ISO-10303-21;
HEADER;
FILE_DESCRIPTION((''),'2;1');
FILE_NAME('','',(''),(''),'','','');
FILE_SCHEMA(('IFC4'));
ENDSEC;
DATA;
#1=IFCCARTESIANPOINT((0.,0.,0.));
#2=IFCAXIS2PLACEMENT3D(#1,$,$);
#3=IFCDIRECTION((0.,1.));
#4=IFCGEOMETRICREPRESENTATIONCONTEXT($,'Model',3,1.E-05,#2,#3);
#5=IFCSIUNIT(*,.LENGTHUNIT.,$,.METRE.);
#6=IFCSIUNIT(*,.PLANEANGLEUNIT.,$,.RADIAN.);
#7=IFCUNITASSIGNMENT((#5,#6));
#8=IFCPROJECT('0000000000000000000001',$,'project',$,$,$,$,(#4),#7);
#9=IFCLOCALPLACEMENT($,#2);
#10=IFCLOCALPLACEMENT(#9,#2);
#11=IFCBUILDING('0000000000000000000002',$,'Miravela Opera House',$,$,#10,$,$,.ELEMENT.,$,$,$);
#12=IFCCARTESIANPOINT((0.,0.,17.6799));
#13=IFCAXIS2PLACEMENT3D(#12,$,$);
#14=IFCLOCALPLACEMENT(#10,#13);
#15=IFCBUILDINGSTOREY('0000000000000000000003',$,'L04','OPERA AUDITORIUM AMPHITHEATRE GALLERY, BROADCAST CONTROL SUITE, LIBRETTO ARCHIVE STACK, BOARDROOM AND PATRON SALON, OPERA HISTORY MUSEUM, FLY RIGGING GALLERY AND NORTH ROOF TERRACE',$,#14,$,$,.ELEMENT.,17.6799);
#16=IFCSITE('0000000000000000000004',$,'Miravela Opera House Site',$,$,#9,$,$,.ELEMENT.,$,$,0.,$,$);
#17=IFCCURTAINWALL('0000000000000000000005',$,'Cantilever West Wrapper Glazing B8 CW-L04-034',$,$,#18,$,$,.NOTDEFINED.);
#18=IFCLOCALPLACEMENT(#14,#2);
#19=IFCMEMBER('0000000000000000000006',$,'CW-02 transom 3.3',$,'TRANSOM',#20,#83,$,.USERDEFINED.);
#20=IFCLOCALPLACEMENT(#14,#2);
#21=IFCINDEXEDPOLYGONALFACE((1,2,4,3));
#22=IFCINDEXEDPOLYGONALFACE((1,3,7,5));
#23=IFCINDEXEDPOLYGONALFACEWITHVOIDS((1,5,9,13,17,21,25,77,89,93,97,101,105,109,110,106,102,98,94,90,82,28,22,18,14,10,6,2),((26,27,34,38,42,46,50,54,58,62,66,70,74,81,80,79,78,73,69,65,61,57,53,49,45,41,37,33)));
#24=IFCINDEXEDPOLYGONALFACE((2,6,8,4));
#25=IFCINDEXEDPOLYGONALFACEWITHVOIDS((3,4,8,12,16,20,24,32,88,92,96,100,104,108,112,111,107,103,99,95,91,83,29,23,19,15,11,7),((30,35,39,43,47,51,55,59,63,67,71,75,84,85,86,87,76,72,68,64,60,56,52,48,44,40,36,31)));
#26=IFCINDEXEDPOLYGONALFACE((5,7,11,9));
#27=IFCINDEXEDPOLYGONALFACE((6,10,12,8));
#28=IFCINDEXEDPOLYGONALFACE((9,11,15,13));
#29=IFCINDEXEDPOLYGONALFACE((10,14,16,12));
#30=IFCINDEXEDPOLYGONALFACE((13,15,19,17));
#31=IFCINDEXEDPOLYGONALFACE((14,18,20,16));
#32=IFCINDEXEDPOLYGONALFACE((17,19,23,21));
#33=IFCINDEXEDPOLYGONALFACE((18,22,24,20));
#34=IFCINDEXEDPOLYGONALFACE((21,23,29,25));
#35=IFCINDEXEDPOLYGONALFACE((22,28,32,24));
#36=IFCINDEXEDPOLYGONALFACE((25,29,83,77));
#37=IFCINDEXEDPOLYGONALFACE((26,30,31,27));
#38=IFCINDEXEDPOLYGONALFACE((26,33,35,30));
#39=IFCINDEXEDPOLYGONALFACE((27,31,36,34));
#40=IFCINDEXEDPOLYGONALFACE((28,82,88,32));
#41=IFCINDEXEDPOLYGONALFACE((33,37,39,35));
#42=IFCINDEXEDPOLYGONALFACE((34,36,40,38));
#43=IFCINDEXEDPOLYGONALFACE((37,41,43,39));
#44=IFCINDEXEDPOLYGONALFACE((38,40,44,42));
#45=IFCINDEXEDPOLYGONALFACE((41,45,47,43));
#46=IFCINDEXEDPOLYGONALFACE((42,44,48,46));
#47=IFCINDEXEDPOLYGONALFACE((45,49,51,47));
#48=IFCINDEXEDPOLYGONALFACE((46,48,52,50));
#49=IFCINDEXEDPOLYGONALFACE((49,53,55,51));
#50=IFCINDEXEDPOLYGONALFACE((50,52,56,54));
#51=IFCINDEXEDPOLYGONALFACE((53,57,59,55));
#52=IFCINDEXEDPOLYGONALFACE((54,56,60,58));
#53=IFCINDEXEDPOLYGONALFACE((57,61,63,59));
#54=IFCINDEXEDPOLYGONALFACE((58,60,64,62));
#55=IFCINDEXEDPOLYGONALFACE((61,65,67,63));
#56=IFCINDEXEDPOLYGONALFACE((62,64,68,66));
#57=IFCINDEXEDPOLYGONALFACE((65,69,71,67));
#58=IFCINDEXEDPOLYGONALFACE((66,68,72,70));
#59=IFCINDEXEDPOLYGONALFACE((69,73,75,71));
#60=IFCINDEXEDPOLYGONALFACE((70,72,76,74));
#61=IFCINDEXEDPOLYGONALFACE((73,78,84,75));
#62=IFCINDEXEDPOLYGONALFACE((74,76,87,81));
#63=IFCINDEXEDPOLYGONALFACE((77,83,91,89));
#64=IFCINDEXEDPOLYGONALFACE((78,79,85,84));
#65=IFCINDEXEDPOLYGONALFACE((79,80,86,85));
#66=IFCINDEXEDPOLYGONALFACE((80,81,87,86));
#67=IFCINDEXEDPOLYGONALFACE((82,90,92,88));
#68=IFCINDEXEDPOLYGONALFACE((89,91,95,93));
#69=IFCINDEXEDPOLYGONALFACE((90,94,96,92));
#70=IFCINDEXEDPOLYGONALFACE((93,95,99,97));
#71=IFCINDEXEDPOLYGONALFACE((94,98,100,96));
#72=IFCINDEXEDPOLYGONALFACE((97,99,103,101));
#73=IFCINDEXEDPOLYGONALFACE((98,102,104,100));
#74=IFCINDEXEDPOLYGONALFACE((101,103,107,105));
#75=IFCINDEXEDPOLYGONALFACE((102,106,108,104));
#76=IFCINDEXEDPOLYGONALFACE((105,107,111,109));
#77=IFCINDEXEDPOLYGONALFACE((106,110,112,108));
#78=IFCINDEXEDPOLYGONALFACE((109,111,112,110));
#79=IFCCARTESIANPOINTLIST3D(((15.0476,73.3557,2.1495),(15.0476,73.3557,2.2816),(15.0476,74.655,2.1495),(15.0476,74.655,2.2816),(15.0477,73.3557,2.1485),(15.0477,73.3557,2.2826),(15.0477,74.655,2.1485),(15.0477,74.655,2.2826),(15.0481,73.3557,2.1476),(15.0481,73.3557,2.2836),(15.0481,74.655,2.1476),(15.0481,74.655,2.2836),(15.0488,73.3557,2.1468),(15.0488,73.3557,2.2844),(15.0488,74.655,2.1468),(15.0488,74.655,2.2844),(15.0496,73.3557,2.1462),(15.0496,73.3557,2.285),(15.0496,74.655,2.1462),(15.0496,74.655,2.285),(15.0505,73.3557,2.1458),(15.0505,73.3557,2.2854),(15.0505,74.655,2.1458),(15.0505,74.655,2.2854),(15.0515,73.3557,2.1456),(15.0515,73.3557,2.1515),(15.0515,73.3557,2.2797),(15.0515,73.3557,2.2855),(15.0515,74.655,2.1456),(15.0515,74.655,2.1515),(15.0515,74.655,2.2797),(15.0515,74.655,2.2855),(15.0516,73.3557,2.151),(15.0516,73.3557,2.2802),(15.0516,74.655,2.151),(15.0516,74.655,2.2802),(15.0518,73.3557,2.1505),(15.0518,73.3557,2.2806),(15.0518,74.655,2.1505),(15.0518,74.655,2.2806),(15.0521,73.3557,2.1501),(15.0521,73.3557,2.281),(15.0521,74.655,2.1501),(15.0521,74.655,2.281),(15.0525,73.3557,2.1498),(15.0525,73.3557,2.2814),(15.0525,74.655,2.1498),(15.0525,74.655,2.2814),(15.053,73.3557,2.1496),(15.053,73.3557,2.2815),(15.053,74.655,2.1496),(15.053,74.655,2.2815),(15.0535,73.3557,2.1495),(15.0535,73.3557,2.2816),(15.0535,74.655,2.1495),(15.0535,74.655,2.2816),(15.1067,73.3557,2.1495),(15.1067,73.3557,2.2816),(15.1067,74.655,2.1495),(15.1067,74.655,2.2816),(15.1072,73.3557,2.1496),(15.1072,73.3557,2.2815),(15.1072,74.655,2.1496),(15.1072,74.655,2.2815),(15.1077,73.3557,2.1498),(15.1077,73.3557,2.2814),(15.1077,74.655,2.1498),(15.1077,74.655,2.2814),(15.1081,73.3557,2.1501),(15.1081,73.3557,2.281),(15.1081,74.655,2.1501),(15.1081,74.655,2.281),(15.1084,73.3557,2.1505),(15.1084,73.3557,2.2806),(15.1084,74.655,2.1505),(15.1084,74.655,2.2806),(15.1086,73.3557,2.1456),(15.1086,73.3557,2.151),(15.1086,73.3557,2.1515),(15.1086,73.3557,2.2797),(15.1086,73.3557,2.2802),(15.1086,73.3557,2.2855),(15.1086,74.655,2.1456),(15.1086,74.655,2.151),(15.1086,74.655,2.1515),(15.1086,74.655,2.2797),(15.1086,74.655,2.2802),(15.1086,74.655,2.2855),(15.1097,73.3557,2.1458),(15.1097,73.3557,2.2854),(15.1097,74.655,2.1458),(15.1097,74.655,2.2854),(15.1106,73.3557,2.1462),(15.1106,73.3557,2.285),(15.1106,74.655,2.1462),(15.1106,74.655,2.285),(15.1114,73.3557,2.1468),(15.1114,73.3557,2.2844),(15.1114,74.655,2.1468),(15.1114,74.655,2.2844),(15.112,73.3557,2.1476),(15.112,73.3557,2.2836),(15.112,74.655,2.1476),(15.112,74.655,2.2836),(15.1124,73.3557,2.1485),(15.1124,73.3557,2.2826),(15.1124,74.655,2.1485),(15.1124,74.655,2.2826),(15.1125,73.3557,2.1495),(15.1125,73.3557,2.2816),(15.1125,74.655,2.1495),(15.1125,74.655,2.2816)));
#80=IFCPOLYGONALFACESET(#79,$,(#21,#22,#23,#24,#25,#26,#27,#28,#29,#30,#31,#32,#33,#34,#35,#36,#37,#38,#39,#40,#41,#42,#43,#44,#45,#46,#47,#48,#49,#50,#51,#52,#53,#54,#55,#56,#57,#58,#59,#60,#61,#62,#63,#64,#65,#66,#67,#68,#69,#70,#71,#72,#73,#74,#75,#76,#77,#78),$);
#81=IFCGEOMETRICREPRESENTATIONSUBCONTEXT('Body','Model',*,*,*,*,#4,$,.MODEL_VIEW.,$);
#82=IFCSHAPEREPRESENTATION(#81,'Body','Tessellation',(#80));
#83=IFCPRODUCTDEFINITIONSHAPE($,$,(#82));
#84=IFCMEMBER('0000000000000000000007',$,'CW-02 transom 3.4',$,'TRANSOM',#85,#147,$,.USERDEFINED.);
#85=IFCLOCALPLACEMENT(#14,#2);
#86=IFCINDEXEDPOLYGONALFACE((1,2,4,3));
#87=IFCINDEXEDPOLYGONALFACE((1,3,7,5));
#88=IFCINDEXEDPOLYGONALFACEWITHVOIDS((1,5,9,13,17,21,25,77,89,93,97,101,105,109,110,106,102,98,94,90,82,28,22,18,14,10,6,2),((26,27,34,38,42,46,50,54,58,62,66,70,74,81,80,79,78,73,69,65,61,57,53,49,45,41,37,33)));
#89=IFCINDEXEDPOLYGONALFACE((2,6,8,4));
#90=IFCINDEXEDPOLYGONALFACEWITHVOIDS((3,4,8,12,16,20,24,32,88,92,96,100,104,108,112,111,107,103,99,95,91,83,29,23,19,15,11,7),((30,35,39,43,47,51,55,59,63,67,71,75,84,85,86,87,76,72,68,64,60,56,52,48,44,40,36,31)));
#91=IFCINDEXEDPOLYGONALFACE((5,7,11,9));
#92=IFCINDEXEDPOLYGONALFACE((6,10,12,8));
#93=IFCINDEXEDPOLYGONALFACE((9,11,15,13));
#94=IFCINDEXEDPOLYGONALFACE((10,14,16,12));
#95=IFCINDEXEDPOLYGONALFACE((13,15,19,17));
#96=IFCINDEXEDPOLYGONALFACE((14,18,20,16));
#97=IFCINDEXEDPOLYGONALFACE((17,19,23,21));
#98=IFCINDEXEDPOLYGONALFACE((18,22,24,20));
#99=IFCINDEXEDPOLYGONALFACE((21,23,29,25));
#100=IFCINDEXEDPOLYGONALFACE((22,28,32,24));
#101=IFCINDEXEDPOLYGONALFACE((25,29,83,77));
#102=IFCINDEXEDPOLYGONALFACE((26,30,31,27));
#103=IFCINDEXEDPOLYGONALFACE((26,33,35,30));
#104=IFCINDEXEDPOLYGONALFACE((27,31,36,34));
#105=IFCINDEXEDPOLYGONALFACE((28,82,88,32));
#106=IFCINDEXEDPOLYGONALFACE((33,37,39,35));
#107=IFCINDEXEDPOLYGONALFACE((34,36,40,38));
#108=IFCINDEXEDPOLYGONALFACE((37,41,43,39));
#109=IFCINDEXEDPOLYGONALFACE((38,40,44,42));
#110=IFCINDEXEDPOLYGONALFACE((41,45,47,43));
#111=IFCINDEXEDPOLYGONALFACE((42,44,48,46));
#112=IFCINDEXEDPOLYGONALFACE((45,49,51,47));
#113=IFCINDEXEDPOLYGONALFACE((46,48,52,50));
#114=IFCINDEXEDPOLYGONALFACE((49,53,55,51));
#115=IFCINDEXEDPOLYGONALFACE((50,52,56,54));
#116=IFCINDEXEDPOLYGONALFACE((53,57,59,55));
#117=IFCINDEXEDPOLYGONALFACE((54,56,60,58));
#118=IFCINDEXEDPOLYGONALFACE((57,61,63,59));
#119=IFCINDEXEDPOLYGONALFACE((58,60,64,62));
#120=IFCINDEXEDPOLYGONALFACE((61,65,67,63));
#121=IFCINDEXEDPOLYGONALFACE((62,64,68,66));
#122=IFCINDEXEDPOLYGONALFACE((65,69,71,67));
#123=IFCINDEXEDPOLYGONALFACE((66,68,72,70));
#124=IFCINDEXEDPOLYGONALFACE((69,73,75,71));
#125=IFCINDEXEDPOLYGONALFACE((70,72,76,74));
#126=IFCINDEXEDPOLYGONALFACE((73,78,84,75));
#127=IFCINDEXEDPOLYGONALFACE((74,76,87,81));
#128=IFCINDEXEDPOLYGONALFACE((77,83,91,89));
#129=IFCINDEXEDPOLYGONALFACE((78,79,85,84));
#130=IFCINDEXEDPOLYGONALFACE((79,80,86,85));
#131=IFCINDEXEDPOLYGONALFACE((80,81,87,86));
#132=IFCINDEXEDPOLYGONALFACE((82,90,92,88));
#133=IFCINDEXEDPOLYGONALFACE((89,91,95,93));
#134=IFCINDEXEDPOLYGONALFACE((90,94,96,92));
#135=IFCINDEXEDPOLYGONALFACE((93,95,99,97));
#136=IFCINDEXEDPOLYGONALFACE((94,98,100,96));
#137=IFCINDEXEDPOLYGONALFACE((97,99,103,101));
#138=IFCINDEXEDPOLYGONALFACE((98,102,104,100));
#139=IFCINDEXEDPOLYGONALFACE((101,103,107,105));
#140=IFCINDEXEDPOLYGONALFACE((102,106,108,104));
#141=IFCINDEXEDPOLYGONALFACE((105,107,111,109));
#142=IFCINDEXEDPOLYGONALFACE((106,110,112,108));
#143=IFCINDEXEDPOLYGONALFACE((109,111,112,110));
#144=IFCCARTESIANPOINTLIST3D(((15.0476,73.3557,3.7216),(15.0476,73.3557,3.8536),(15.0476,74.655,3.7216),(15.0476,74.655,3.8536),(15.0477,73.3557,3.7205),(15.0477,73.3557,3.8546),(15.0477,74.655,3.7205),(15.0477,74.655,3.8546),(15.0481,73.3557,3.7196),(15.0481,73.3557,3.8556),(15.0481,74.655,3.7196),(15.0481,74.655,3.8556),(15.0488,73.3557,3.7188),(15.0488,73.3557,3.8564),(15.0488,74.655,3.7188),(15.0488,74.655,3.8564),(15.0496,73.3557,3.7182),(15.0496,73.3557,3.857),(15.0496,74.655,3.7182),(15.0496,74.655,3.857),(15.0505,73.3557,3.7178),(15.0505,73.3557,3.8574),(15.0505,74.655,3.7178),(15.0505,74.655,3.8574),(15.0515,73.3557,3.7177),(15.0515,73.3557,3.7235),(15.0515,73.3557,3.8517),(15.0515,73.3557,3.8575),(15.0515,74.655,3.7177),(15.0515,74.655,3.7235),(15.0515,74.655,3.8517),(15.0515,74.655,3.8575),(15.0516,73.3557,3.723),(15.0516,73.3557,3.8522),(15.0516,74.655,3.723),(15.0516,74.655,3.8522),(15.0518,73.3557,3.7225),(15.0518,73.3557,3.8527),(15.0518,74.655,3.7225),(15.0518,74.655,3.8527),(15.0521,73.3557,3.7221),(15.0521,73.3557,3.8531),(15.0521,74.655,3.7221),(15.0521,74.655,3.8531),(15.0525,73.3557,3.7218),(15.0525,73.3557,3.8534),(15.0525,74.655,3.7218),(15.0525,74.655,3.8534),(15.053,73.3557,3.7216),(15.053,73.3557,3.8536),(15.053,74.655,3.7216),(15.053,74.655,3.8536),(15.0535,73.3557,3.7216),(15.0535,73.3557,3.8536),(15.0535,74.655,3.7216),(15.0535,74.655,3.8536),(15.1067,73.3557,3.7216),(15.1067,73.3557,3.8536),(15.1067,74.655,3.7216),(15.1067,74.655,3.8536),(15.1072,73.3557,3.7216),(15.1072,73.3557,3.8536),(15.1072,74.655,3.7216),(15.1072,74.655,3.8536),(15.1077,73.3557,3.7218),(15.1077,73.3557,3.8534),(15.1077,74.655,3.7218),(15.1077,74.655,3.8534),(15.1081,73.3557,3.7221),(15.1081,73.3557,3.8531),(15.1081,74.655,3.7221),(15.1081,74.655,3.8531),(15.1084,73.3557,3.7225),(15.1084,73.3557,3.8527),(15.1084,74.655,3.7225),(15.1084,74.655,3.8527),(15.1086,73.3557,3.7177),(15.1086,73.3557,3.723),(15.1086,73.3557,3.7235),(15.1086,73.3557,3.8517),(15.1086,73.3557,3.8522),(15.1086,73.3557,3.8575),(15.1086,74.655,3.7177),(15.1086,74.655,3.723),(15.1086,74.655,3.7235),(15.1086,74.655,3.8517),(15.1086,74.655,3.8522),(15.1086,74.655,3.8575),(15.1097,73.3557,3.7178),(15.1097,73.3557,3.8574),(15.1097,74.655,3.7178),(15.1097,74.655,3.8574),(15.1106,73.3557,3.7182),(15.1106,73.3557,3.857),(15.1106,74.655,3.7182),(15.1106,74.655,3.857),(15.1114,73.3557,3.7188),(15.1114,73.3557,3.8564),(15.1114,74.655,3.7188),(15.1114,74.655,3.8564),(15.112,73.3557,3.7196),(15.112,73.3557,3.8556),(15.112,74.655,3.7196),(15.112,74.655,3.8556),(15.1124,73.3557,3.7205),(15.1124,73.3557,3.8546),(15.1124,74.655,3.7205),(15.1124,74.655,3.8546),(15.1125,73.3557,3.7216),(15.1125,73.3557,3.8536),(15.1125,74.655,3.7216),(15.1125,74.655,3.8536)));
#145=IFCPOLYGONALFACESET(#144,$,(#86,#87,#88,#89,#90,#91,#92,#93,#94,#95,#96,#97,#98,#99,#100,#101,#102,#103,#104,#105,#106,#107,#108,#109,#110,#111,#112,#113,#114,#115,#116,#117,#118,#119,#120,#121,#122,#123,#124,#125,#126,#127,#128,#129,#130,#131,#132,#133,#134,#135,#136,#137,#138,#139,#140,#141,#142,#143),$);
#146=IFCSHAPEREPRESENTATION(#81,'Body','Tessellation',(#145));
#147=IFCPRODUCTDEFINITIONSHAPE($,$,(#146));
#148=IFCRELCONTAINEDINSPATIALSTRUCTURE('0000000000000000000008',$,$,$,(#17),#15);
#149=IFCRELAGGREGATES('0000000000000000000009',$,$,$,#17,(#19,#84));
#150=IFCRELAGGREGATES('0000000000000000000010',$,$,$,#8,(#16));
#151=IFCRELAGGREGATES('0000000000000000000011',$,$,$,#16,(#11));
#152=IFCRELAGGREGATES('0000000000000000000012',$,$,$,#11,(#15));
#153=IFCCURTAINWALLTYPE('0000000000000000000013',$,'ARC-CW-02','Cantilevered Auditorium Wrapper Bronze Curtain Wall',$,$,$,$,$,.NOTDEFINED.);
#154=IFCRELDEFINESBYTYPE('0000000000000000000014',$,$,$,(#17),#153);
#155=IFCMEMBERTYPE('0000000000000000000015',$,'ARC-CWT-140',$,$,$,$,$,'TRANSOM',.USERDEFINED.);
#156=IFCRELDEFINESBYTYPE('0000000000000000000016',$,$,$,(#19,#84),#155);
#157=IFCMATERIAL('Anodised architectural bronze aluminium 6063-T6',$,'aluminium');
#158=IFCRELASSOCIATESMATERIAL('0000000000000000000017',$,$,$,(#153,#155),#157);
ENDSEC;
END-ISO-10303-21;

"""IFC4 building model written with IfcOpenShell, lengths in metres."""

from ifc_helpers import new_model, si_unit, direction, frame, origin, origin_2d, place, context, subcontext, project, spatial, hollow_rectangle, extrude, material, material_profile, profile_set, type_object, element, aggregate, save


model = new_model("IFC4")

# Units and contexts
model_context = context("Model", 3, precision=1e-05, world=origin(), true_north=direction((0.0, 1.0)))
body_context = subcontext(model_context, "Body", "Model", "MODEL_VIEW")
ifc_project = project(units=[si_unit("LENGTHUNIT", "METRE"), si_unit("PLANEANGLEUNIT", "RADIAN")], contexts=[model_context])

# Site, building, storey
site_placement = place(None, origin())
site = spatial("IfcSite", under=ifc_project, at=site_placement, Name="Miravela Opera House Site", CompositionType="ELEMENT", RefElevation=0.0)
building_placement = place(site_placement, origin())
building = spatial("IfcBuilding", under=site, at=building_placement, Name="Miravela Opera House", CompositionType="ELEMENT")
storey_placement = place(building_placement, frame((0.0, 0.0, 17.6799)))
storey = spatial("IfcBuildingStorey", under=building, at=storey_placement, Name="L04", Description="OPERA AUDITORIUM AMPHITHEATRE GALLERY, BROADCAST CONTROL SUITE, LIBRETTO ARCHIVE STACK, BOARDROOM AND PATRON SALON, OPERA HISTORY MUSEUM, FLY RIGGING GALLERY AND NORTH ROOF TERRACE", CompositionType="ELEMENT", Elevation=17.6799)

# Curtain wall
ifc_material_1 = material(Name="Anodised architectural bronze aluminium 6063-T6", Category="aluminium")
curtain_wall_type = type_object("IfcCurtainWallType", Name="ARC-CW-02", Description="Cantilevered Auditorium Wrapper Bronze Curtain Wall", PredefinedType="NOTDEFINED", material=ifc_material_1)
curtain_wall_1_placement = place(storey_placement, origin())
curtain_wall_1 = element("IfcCurtainWall", 1, at=curtain_wall_1_placement, inside=storey, type_object=curtain_wall_type, Name="Cantilever West Wrapper Glazing B8 CW-L04-034", PredefinedType="NOTDEFINED")

# Members
ifc_material_profile_1 = material_profile(ifc_material_1, hollow_rectangle(XDim=0.0649, YDim=0.1399, WallThickness=0.0039, InnerFilletRadius=0.002, OuterFilletRadius=0.0039, at=origin_2d()), Name="CWT-65X140")
ifc_profile_set_1 = profile_set([ifc_material_profile_1])
member_type_1 = type_object("IfcMemberType", Name="ARC-CWT-140", ElementType="TRANSOM", PredefinedType="USERDEFINED", material=ifc_profile_set_1)
member_1_placement = place(storey_placement, frame((15.0801, 73.3557, 2.2156), z_axis=(0.0, 1.0, 0.0), x_axis=(-1.0, 0.0, 0.0)))
member_1 = element("IfcMember", 2, at=member_1_placement, type_object=member_type_1, Name="CW-02 transom 3.3", ObjectType="TRANSOM", PredefinedType="USERDEFINED", context=body_context, shape_type="SweptSolid", body=[
    extrude(hollow_rectangle(XDim=0.0649, YDim=0.1399, WallThickness=0.0039, InnerFilletRadius=0.002, OuterFilletRadius=0.0039, at=origin_2d()), origin(), (0.0, 0.0, 1.0), 1.2993),
])
member_2_placement = place(storey_placement, frame((15.0801, 73.3557, 3.7876), z_axis=(0.0, 1.0, 0.0), x_axis=(-1.0, 0.0, 0.0)))
member_2 = element("IfcMember", 3, at=member_2_placement, type_object=member_type_1, Name="CW-02 transom 3.4", ObjectType="TRANSOM", PredefinedType="USERDEFINED", context=body_context, shape_type="SweptSolid", body=[
    extrude(hollow_rectangle(XDim=0.0649, YDim=0.1399, WallThickness=0.0039, InnerFilletRadius=0.002, OuterFilletRadius=0.0039, at=origin_2d()), origin(), (0.0, 0.0, 1.0), 1.2993),
])

aggregate(curtain_wall_1, [member_1, member_2])

save(model, "model.ifc")
